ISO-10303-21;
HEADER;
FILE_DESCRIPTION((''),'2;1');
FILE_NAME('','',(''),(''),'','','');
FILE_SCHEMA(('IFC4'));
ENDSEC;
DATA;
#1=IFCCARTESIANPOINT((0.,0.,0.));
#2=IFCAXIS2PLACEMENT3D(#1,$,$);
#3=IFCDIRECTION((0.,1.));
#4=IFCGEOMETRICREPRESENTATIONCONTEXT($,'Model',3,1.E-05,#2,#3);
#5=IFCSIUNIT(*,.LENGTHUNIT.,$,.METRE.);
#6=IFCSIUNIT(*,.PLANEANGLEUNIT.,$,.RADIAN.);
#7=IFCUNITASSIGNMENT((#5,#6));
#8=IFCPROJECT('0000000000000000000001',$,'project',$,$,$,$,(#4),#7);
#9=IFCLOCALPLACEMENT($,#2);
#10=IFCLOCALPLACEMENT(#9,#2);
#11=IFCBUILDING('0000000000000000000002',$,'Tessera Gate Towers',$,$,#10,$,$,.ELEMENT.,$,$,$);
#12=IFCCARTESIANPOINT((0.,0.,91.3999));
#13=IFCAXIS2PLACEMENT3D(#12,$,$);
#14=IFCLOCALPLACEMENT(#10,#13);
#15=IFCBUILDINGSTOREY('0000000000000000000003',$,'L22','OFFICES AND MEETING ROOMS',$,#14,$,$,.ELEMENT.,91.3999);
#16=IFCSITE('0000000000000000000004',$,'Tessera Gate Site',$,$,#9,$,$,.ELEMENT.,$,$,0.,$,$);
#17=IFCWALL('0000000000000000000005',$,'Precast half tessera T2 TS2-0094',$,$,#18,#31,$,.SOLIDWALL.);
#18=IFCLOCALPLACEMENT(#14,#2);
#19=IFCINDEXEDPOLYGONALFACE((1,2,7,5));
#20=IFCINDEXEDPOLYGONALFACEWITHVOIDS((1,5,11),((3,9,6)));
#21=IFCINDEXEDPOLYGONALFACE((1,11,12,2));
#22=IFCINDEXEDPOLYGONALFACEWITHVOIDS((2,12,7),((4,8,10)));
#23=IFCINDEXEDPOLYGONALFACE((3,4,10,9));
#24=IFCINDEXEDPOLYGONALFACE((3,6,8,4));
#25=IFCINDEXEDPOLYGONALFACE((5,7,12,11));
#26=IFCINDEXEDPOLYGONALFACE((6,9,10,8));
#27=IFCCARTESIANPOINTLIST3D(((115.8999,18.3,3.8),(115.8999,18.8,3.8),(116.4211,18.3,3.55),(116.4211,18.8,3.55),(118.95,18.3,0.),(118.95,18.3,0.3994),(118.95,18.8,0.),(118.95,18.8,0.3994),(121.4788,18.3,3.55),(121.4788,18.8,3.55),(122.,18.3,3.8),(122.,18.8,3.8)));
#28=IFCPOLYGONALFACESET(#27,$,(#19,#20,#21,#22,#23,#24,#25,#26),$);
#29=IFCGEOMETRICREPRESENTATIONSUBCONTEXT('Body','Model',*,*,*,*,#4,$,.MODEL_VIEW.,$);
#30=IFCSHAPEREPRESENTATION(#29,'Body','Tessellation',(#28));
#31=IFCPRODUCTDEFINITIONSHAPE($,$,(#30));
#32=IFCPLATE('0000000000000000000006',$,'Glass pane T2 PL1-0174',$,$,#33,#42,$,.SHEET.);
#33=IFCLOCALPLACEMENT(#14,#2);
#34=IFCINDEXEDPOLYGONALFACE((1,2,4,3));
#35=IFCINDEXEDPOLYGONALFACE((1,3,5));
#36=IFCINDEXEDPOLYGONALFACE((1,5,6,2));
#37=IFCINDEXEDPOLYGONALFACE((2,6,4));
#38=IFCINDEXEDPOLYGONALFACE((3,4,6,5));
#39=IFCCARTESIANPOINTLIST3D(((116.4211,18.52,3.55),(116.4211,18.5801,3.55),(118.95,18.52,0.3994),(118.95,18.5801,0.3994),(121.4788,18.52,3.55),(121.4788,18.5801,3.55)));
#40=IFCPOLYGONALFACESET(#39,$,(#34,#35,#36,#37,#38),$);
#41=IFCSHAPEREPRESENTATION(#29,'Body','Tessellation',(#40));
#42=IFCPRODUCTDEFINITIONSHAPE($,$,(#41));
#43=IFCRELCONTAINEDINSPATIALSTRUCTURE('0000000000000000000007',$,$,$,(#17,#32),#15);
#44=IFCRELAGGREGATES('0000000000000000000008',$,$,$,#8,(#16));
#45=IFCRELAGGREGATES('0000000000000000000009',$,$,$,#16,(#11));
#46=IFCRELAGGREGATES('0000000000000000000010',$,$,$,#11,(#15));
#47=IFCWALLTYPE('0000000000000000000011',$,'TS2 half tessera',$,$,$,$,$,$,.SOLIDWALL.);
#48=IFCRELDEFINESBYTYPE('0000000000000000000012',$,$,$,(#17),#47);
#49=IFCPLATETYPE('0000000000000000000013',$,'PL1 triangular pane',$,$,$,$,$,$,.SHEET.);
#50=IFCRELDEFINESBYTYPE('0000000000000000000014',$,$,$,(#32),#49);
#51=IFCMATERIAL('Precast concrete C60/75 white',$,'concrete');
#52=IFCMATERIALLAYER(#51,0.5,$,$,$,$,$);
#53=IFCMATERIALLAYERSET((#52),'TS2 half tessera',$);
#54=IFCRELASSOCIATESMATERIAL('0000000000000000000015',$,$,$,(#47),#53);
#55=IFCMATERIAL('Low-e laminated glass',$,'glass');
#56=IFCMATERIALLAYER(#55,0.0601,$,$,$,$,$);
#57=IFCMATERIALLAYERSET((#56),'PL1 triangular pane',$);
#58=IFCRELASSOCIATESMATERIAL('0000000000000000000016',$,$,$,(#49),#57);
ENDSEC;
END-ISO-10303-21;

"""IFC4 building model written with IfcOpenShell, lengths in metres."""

from ifc_helpers import new_model, si_unit, direction, frame, origin, place, context, subcontext, project, spatial, polyline, outline, extrude, source, transform, mapped, material, layer, layer_set, type_object, element, fill, save


model = new_model("IFC4")

# Units and contexts
model_context = context("Model", 3, precision=1e-05, world=origin(), true_north=direction((0.0, 1.0)))
body_context = subcontext(model_context, "Body", "Model", "MODEL_VIEW")
ifc_project = project(units=[si_unit("LENGTHUNIT", "METRE"), si_unit("PLANEANGLEUNIT", "RADIAN")], contexts=[model_context])

# Site, building, storey
site_placement = place(None, origin())
site = spatial("IfcSite", under=ifc_project, at=site_placement, Name="Tessera Gate Site", CompositionType="ELEMENT", RefElevation=0.0)
building_placement = place(site_placement, origin())
building = spatial("IfcBuilding", under=site, at=building_placement, Name="Tessera Gate Towers", CompositionType="ELEMENT")
storey_placement = place(building_placement, frame((0.0, 0.0, 91.3999)))
storey = spatial("IfcBuildingStorey", under=building, at=storey_placement, Name="L22", Description="OFFICES AND MEETING ROOMS", CompositionType="ELEMENT", Elevation=91.3999)

# Wall, opening, plate
ifc_material_1 = material(Name="Precast concrete C60/75 white", Category="concrete")
ifc_layer_1 = layer(ifc_material_1, 0.5)
ifc_layer_set_1 = layer_set([ifc_layer_1], Name="TS2 half tessera")
wall_type_1 = type_object("IfcWallType", Name="TS2 half tessera", PredefinedType="SOLIDWALL", material=ifc_layer_set_1)
shared_shape_1 = source(origin(), body_context, "Body", "SweptSolid", [
    extrude(outline(polyline([(3.05, 0.0), (6.1001, 3.8), (0.0, 3.8), (3.05, 0.0)])), frame((0.0, 0.25, 0.0), z_axis=(0.0, -1.0, 0.0), x_axis=(1.0, 0.0, 0.0)), (0.0, 0.0, 1.0), 0.5),
])
shared_shape_2 = source(origin(), body_context, "Body", "SweptSolid", [
    extrude(outline(polyline([(3.05, 0.3994), (5.5789, 3.55), (0.5212, 3.55), (3.05, 0.3994)])), frame((0.0, 0.26, 0.0), z_axis=(0.0, -1.0, 0.0), x_axis=(1.0, 0.0, 0.0)), (0.0, 0.0, 1.0), 0.52),
])
ifc_material_2 = material(Name="Low-e laminated glass", Category="glass")
ifc_layer_2 = layer(ifc_material_2, 0.0601)
ifc_layer_set_2 = layer_set([ifc_layer_2], Name="PL1 triangular pane")
plate_type_1 = type_object("IfcPlateType", Name="PL1 triangular pane", PredefinedType="SHEET", material=ifc_layer_set_2)
shared_shape_3 = source(origin(), body_context, "Body", "SweptSolid", [
    extrude(outline(polyline([(3.05, 0.3994), (5.5789, 3.55), (0.5212, 3.55), (3.05, 0.3994)])), frame((0.0, 0.03, 0.0), z_axis=(0.0, -1.0, 0.0), x_axis=(1.0, 0.0, 0.0)), (0.0, 0.0, 1.0), 0.0601),
])
wall_1_placement = place(storey_placement, frame((115.8999, 18.55, 0.0), z_axis=(0.0, 0.0, 1.0), x_axis=(1.0, 0.0, 0.0)))
wall_1 = element("IfcWall", 1, at=wall_1_placement, inside=storey, type_object=wall_type_1, Name="Precast half tessera T2 TS2-0094", PredefinedType="SOLIDWALL", context=body_context, shape_type="MappedRepresentation", body=[
    mapped(shared_shape_1, transform((0.0, 0.0, 0.0), scale=1.0)),
])
opening_1_placement = place(wall_1_placement, origin())
opening_1 = element("IfcOpeningElement", 2, at=opening_1_placement, cuts=wall_1, PredefinedType="OPENING", context=body_context, shape_type="MappedRepresentation", body=[
    mapped(shared_shape_2, transform((0.0, 0.0, 0.0), scale=1.0)),
])
plate_1_placement = place(opening_1_placement, origin())
plate_1 = element("IfcPlate", 3, at=plate_1_placement, inside=storey, type_object=plate_type_1, Name="Glass pane T2 PL1-0174", PredefinedType="SHEET", context=body_context, shape_type="MappedRepresentation", body=[
    mapped(shared_shape_3, transform((0.0, 0.0, 0.0), scale=1.0)),
])
fill(opening_1, plate_1)

save(model, "model.ifc")
